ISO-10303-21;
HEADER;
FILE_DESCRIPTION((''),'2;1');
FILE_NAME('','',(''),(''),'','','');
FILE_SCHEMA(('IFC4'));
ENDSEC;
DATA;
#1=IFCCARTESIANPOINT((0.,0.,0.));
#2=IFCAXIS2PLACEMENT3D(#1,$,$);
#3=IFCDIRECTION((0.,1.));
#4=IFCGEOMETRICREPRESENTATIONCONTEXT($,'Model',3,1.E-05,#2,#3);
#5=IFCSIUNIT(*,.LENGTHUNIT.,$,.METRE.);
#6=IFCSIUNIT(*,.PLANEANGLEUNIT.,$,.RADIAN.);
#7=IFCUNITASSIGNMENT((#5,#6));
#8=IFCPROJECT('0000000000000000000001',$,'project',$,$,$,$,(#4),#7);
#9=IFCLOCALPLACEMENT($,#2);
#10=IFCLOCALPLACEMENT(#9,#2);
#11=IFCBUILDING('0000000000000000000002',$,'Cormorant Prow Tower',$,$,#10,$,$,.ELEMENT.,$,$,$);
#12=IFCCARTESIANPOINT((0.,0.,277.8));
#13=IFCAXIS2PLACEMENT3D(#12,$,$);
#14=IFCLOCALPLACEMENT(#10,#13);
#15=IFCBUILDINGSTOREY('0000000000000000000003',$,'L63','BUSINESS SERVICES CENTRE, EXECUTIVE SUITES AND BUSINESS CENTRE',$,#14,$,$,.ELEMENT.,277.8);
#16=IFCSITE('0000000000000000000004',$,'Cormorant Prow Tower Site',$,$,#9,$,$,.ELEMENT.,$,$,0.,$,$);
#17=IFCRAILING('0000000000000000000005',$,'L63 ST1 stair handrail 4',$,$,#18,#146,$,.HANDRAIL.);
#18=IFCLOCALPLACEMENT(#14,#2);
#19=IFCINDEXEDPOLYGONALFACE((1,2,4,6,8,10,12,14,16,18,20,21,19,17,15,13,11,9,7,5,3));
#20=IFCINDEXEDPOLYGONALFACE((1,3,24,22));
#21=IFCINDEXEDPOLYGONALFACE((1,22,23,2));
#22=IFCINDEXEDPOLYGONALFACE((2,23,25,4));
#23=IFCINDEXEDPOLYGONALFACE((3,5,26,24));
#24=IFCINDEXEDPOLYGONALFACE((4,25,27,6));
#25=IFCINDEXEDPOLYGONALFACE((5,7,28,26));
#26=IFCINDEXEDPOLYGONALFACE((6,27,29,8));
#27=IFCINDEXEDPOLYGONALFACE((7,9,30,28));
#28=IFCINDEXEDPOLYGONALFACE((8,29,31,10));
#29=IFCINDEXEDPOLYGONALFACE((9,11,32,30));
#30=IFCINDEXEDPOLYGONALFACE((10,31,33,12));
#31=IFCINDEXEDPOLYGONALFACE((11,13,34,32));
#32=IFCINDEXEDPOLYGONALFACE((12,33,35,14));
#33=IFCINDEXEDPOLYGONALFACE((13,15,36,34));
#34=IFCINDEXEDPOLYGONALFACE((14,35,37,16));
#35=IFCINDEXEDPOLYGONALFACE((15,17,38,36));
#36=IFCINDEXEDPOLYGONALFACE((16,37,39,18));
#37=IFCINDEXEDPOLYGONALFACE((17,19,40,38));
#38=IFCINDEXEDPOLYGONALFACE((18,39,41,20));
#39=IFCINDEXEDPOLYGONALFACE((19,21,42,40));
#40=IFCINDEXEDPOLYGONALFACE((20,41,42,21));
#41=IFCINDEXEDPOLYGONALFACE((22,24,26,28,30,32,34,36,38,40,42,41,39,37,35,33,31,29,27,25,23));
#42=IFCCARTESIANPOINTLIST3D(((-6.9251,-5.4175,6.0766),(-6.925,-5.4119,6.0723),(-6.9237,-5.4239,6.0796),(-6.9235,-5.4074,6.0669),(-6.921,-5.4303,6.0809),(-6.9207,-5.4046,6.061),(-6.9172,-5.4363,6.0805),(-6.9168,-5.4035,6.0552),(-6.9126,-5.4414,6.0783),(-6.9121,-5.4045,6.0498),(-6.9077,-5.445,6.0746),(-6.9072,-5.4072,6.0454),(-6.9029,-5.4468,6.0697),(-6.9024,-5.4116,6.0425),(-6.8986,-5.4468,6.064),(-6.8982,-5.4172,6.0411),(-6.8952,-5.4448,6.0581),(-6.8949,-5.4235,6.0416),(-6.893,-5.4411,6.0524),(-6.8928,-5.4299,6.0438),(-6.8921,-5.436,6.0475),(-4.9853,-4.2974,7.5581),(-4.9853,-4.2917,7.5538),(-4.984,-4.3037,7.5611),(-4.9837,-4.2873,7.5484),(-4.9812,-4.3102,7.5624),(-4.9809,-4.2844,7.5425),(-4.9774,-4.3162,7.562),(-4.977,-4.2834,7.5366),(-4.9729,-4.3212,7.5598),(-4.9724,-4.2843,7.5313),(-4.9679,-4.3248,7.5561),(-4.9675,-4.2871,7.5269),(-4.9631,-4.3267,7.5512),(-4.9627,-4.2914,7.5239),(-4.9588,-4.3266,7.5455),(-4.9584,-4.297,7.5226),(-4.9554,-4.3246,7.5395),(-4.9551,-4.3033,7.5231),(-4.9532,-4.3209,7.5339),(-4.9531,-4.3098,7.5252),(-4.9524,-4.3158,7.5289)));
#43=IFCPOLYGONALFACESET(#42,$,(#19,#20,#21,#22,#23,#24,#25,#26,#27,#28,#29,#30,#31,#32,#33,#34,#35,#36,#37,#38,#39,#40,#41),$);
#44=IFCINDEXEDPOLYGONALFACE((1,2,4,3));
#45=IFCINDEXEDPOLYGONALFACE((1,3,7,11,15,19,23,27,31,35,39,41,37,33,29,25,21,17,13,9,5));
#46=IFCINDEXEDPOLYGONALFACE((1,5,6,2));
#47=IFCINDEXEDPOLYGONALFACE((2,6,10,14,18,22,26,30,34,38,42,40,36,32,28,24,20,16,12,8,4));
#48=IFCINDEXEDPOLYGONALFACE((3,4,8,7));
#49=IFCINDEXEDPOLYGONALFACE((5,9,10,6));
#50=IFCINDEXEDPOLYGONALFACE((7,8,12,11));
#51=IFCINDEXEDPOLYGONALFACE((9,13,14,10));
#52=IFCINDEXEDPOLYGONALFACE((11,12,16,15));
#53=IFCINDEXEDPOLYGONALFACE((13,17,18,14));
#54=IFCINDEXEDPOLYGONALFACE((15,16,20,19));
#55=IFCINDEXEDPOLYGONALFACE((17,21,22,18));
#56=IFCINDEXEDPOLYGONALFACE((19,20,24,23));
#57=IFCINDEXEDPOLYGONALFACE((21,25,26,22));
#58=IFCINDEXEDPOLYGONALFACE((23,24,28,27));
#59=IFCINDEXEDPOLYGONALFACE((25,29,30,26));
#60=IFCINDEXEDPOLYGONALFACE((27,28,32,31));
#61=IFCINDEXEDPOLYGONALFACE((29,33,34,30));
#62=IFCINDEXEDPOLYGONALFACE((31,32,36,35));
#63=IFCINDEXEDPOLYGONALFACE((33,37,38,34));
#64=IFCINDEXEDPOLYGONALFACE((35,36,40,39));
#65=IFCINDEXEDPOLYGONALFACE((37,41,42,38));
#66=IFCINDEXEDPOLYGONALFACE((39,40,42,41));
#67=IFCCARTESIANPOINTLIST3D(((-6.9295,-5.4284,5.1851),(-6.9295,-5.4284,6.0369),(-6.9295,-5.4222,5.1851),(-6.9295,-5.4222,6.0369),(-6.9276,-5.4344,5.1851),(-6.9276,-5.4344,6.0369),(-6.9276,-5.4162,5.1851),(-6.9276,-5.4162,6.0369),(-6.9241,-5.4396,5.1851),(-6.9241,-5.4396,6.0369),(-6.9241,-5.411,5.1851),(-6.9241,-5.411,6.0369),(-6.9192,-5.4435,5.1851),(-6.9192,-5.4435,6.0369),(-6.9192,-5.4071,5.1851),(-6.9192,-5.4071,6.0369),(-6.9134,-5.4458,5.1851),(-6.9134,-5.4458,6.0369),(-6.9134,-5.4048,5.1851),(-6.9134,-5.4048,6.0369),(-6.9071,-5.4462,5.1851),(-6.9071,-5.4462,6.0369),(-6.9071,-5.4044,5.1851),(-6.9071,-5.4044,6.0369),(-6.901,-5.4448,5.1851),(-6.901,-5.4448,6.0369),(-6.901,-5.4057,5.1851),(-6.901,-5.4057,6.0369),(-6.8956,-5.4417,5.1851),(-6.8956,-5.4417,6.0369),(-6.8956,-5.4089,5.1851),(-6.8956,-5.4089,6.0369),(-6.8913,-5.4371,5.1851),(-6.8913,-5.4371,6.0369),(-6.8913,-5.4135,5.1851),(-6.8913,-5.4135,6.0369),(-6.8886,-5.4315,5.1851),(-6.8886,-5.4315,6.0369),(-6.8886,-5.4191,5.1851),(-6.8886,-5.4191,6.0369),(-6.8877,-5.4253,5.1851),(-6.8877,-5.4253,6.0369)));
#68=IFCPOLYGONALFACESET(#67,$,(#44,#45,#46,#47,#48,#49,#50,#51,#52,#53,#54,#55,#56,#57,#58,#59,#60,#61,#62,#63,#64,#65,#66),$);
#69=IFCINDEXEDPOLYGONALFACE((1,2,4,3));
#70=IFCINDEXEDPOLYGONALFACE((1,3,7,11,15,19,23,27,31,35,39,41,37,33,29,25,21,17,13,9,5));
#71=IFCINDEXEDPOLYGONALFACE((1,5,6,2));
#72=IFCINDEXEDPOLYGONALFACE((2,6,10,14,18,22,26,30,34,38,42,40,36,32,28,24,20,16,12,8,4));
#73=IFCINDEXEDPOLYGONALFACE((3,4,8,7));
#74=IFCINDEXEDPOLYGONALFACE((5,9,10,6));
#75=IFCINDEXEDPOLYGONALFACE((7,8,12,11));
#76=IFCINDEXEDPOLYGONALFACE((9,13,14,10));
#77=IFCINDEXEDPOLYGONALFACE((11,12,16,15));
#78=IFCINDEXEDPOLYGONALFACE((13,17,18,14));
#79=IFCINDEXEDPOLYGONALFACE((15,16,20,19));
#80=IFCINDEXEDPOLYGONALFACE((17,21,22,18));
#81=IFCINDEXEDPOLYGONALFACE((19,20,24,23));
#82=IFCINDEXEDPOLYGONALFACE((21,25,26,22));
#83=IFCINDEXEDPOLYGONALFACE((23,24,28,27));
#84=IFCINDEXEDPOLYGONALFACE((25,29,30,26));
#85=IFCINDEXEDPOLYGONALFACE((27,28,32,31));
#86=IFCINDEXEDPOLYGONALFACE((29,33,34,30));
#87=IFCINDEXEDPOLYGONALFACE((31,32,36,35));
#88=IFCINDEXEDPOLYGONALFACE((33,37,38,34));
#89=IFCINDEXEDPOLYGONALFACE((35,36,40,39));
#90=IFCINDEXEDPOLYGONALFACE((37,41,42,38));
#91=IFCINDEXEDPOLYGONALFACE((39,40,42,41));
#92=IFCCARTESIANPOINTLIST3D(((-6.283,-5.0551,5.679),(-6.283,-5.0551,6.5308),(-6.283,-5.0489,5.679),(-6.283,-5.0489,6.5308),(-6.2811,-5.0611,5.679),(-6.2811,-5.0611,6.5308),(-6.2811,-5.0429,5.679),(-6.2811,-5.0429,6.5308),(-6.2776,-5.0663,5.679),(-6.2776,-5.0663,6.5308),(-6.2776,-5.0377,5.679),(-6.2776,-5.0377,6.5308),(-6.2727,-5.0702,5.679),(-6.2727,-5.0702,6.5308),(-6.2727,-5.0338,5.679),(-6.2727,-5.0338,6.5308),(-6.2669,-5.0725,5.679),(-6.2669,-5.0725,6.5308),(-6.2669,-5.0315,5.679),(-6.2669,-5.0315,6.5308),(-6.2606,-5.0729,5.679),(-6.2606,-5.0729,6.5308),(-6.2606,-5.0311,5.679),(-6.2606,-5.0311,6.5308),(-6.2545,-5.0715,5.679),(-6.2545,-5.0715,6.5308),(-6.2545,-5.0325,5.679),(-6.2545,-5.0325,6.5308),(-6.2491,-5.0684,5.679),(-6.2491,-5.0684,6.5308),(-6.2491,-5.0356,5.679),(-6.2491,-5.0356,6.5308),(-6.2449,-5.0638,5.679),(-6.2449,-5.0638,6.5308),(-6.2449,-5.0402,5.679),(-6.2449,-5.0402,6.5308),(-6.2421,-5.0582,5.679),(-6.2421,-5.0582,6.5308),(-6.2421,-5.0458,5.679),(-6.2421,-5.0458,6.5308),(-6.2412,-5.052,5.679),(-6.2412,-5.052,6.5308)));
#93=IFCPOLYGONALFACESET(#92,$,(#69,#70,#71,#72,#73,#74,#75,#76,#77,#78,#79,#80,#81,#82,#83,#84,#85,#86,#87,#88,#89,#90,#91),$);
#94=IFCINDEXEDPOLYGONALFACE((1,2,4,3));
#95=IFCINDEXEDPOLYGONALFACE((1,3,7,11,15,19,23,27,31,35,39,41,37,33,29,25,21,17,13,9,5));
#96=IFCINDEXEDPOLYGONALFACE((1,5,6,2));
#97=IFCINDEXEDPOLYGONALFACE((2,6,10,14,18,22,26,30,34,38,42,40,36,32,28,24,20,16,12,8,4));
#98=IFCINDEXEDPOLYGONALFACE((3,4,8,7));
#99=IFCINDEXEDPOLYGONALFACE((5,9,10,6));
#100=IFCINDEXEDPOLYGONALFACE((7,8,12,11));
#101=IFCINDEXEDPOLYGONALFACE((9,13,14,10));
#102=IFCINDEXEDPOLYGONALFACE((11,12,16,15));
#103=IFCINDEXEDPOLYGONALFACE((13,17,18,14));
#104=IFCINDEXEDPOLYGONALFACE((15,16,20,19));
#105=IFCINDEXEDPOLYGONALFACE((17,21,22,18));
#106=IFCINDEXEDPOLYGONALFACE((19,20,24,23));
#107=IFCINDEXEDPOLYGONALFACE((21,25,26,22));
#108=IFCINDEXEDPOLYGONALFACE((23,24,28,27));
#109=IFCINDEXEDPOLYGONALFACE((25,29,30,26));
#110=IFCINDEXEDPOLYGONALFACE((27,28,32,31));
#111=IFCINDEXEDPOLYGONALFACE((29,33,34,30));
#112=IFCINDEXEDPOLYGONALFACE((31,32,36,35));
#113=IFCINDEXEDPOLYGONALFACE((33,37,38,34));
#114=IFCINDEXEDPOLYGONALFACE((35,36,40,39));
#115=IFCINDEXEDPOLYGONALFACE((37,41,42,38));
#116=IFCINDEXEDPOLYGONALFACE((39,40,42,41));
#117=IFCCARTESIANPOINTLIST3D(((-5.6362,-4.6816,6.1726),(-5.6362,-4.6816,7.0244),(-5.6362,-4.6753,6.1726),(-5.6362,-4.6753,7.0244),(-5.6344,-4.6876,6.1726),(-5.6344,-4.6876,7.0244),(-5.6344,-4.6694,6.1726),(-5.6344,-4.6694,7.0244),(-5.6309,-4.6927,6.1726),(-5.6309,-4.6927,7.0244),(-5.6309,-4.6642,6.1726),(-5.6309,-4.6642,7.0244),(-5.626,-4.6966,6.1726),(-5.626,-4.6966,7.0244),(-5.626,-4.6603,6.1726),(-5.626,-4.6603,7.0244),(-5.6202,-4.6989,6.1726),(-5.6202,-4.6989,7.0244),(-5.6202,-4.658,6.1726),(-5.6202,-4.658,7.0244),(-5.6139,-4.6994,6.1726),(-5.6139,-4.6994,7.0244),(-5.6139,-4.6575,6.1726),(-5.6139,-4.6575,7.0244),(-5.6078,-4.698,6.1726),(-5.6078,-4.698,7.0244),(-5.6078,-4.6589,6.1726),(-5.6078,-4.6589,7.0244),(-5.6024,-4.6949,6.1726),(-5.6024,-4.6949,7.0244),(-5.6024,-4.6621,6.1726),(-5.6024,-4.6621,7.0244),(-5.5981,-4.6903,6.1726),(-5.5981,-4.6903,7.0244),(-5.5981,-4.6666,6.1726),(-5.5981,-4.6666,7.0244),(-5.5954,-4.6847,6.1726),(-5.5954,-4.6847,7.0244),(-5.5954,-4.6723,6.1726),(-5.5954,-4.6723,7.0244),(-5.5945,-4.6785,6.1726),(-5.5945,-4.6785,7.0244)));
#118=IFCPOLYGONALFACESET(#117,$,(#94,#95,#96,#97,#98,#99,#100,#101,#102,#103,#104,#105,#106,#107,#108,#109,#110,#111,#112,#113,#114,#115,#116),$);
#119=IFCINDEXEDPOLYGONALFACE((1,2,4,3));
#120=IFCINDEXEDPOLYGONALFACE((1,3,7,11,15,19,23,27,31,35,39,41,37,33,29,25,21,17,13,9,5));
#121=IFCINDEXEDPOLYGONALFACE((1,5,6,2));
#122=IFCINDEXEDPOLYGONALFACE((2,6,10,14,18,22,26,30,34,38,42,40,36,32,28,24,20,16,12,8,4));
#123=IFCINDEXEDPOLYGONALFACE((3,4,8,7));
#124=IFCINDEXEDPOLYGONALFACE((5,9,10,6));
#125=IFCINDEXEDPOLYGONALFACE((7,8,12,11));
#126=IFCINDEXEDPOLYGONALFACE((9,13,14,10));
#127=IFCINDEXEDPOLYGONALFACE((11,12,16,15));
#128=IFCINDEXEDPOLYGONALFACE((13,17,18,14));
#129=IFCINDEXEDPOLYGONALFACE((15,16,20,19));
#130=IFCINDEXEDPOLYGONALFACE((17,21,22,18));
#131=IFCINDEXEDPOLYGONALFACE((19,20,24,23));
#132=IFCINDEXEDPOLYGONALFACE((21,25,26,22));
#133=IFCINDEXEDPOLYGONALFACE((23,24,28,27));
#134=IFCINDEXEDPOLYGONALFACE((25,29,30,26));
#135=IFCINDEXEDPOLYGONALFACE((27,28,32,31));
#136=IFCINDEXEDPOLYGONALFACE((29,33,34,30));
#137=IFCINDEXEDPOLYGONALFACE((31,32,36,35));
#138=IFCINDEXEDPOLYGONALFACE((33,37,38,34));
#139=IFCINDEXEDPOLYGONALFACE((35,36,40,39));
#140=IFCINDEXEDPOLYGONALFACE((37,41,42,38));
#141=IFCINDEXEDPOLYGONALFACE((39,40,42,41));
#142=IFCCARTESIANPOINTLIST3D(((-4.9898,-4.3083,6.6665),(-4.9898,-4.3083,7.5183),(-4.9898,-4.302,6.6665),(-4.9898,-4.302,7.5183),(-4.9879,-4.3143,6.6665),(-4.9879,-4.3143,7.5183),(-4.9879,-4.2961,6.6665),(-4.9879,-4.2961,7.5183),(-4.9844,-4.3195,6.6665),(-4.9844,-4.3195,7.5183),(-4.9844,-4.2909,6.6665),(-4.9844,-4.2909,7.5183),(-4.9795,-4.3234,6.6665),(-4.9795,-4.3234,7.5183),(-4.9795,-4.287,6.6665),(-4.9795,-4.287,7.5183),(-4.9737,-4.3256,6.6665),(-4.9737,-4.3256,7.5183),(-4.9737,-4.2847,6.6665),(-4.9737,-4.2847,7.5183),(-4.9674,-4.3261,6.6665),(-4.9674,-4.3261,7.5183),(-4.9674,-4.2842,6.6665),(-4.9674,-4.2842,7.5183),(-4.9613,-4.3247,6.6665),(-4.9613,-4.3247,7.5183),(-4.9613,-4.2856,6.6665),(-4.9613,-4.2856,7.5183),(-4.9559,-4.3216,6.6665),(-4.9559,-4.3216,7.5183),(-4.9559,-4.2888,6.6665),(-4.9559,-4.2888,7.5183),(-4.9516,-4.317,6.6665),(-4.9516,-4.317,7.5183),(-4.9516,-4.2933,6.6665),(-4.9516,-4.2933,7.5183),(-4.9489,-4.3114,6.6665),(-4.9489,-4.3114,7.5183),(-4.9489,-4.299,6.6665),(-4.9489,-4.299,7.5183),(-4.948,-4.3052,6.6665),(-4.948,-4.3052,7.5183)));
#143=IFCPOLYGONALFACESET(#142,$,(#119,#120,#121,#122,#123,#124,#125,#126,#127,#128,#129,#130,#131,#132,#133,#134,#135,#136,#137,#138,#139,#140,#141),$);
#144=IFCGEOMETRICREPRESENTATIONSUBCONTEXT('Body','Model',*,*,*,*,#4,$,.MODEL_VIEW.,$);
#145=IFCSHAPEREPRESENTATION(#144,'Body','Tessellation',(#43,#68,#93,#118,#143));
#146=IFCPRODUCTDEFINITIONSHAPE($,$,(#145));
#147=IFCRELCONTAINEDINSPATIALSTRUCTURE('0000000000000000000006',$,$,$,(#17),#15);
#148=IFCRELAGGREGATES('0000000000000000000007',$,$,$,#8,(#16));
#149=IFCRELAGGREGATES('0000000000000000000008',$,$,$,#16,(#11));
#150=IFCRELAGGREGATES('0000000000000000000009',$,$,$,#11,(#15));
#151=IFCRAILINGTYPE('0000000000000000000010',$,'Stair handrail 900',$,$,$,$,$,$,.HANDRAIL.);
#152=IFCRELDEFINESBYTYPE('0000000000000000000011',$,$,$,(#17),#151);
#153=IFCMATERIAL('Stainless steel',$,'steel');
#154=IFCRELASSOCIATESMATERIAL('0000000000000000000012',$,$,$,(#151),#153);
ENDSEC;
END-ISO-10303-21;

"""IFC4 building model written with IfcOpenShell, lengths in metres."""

from ifc_helpers import new_model, si_unit, direction, frame, origin, origin_2d, place, context, subcontext, project, spatial, circle, extrude, material, type_object, element, save


model = new_model("IFC4")

# Units and contexts
model_context = context("Model", 3, precision=1e-05, world=origin(), true_north=direction((0.0, 1.0)))
body_context = subcontext(model_context, "Body", "Model", "MODEL_VIEW")
ifc_project = project(units=[si_unit("LENGTHUNIT", "METRE"), si_unit("PLANEANGLEUNIT", "RADIAN")], contexts=[model_context])

# Site, building, storey
site_placement = place(None, origin())
site = spatial("IfcSite", under=ifc_project, at=site_placement, Name="Cormorant Prow Tower Site", CompositionType="ELEMENT", RefElevation=0.0)
building_placement = place(site_placement, origin())
building = spatial("IfcBuilding", under=site, at=building_placement, Name="Cormorant Prow Tower", CompositionType="ELEMENT")
storey_placement = place(building_placement, frame((0.0, 0.0, 277.8)))
storey = spatial("IfcBuildingStorey", under=building, at=storey_placement, Name="L63", Description="BUSINESS SERVICES CENTRE, EXECUTIVE SUITES AND BUSINESS CENTRE", CompositionType="ELEMENT", Elevation=277.8)

# Railing
ifc_material_1 = material(Name="Stainless steel", Category="steel")
railing_type_1 = type_object("IfcRailingType", Name="Stair handrail 900", PredefinedType="HANDRAIL", material=ifc_material_1)
for number, where, name in (
    (1, (-6.9087, -5.4253, 5.1851), "L63 ST1 stair handrail 4"),
):
    element("IfcRailing", number, at=place(storey_placement, frame(where)), inside=storey, type_object=railing_type_1, Name=name, PredefinedType="HANDRAIL", context=body_context, shape_type="SweptSolid", body=[
        extrude(circle(Radius=0.0239, at=origin_2d()), frame((0.0, 0.0, 0.876), z_axis=(0.722292, 0.417102, 0.551651), x_axis=(-0.500078, 0.86598, 0.0)), (0.0, 0.0, 1.0), 2.6855),
        extrude(circle(Radius=0.021, at=origin_2d()), origin(), (0.0, 0.0, 1.0), 0.8518),
        extrude(circle(Radius=0.021, at=origin_2d()), frame((0.6465, 0.3733, 0.4939)), (0.0, 0.0, 1.0), 0.8518),
        extrude(circle(Radius=0.021, at=origin_2d()), frame((1.2932, 0.7468, 0.9875)), (0.0, 0.0, 1.0), 0.8518),
        extrude(circle(Radius=0.021, at=origin_2d()), frame((1.9397, 1.1201, 1.4814)), (0.0, 0.0, 1.0), 0.8518),
    ])

save(model, "model.ifc")
